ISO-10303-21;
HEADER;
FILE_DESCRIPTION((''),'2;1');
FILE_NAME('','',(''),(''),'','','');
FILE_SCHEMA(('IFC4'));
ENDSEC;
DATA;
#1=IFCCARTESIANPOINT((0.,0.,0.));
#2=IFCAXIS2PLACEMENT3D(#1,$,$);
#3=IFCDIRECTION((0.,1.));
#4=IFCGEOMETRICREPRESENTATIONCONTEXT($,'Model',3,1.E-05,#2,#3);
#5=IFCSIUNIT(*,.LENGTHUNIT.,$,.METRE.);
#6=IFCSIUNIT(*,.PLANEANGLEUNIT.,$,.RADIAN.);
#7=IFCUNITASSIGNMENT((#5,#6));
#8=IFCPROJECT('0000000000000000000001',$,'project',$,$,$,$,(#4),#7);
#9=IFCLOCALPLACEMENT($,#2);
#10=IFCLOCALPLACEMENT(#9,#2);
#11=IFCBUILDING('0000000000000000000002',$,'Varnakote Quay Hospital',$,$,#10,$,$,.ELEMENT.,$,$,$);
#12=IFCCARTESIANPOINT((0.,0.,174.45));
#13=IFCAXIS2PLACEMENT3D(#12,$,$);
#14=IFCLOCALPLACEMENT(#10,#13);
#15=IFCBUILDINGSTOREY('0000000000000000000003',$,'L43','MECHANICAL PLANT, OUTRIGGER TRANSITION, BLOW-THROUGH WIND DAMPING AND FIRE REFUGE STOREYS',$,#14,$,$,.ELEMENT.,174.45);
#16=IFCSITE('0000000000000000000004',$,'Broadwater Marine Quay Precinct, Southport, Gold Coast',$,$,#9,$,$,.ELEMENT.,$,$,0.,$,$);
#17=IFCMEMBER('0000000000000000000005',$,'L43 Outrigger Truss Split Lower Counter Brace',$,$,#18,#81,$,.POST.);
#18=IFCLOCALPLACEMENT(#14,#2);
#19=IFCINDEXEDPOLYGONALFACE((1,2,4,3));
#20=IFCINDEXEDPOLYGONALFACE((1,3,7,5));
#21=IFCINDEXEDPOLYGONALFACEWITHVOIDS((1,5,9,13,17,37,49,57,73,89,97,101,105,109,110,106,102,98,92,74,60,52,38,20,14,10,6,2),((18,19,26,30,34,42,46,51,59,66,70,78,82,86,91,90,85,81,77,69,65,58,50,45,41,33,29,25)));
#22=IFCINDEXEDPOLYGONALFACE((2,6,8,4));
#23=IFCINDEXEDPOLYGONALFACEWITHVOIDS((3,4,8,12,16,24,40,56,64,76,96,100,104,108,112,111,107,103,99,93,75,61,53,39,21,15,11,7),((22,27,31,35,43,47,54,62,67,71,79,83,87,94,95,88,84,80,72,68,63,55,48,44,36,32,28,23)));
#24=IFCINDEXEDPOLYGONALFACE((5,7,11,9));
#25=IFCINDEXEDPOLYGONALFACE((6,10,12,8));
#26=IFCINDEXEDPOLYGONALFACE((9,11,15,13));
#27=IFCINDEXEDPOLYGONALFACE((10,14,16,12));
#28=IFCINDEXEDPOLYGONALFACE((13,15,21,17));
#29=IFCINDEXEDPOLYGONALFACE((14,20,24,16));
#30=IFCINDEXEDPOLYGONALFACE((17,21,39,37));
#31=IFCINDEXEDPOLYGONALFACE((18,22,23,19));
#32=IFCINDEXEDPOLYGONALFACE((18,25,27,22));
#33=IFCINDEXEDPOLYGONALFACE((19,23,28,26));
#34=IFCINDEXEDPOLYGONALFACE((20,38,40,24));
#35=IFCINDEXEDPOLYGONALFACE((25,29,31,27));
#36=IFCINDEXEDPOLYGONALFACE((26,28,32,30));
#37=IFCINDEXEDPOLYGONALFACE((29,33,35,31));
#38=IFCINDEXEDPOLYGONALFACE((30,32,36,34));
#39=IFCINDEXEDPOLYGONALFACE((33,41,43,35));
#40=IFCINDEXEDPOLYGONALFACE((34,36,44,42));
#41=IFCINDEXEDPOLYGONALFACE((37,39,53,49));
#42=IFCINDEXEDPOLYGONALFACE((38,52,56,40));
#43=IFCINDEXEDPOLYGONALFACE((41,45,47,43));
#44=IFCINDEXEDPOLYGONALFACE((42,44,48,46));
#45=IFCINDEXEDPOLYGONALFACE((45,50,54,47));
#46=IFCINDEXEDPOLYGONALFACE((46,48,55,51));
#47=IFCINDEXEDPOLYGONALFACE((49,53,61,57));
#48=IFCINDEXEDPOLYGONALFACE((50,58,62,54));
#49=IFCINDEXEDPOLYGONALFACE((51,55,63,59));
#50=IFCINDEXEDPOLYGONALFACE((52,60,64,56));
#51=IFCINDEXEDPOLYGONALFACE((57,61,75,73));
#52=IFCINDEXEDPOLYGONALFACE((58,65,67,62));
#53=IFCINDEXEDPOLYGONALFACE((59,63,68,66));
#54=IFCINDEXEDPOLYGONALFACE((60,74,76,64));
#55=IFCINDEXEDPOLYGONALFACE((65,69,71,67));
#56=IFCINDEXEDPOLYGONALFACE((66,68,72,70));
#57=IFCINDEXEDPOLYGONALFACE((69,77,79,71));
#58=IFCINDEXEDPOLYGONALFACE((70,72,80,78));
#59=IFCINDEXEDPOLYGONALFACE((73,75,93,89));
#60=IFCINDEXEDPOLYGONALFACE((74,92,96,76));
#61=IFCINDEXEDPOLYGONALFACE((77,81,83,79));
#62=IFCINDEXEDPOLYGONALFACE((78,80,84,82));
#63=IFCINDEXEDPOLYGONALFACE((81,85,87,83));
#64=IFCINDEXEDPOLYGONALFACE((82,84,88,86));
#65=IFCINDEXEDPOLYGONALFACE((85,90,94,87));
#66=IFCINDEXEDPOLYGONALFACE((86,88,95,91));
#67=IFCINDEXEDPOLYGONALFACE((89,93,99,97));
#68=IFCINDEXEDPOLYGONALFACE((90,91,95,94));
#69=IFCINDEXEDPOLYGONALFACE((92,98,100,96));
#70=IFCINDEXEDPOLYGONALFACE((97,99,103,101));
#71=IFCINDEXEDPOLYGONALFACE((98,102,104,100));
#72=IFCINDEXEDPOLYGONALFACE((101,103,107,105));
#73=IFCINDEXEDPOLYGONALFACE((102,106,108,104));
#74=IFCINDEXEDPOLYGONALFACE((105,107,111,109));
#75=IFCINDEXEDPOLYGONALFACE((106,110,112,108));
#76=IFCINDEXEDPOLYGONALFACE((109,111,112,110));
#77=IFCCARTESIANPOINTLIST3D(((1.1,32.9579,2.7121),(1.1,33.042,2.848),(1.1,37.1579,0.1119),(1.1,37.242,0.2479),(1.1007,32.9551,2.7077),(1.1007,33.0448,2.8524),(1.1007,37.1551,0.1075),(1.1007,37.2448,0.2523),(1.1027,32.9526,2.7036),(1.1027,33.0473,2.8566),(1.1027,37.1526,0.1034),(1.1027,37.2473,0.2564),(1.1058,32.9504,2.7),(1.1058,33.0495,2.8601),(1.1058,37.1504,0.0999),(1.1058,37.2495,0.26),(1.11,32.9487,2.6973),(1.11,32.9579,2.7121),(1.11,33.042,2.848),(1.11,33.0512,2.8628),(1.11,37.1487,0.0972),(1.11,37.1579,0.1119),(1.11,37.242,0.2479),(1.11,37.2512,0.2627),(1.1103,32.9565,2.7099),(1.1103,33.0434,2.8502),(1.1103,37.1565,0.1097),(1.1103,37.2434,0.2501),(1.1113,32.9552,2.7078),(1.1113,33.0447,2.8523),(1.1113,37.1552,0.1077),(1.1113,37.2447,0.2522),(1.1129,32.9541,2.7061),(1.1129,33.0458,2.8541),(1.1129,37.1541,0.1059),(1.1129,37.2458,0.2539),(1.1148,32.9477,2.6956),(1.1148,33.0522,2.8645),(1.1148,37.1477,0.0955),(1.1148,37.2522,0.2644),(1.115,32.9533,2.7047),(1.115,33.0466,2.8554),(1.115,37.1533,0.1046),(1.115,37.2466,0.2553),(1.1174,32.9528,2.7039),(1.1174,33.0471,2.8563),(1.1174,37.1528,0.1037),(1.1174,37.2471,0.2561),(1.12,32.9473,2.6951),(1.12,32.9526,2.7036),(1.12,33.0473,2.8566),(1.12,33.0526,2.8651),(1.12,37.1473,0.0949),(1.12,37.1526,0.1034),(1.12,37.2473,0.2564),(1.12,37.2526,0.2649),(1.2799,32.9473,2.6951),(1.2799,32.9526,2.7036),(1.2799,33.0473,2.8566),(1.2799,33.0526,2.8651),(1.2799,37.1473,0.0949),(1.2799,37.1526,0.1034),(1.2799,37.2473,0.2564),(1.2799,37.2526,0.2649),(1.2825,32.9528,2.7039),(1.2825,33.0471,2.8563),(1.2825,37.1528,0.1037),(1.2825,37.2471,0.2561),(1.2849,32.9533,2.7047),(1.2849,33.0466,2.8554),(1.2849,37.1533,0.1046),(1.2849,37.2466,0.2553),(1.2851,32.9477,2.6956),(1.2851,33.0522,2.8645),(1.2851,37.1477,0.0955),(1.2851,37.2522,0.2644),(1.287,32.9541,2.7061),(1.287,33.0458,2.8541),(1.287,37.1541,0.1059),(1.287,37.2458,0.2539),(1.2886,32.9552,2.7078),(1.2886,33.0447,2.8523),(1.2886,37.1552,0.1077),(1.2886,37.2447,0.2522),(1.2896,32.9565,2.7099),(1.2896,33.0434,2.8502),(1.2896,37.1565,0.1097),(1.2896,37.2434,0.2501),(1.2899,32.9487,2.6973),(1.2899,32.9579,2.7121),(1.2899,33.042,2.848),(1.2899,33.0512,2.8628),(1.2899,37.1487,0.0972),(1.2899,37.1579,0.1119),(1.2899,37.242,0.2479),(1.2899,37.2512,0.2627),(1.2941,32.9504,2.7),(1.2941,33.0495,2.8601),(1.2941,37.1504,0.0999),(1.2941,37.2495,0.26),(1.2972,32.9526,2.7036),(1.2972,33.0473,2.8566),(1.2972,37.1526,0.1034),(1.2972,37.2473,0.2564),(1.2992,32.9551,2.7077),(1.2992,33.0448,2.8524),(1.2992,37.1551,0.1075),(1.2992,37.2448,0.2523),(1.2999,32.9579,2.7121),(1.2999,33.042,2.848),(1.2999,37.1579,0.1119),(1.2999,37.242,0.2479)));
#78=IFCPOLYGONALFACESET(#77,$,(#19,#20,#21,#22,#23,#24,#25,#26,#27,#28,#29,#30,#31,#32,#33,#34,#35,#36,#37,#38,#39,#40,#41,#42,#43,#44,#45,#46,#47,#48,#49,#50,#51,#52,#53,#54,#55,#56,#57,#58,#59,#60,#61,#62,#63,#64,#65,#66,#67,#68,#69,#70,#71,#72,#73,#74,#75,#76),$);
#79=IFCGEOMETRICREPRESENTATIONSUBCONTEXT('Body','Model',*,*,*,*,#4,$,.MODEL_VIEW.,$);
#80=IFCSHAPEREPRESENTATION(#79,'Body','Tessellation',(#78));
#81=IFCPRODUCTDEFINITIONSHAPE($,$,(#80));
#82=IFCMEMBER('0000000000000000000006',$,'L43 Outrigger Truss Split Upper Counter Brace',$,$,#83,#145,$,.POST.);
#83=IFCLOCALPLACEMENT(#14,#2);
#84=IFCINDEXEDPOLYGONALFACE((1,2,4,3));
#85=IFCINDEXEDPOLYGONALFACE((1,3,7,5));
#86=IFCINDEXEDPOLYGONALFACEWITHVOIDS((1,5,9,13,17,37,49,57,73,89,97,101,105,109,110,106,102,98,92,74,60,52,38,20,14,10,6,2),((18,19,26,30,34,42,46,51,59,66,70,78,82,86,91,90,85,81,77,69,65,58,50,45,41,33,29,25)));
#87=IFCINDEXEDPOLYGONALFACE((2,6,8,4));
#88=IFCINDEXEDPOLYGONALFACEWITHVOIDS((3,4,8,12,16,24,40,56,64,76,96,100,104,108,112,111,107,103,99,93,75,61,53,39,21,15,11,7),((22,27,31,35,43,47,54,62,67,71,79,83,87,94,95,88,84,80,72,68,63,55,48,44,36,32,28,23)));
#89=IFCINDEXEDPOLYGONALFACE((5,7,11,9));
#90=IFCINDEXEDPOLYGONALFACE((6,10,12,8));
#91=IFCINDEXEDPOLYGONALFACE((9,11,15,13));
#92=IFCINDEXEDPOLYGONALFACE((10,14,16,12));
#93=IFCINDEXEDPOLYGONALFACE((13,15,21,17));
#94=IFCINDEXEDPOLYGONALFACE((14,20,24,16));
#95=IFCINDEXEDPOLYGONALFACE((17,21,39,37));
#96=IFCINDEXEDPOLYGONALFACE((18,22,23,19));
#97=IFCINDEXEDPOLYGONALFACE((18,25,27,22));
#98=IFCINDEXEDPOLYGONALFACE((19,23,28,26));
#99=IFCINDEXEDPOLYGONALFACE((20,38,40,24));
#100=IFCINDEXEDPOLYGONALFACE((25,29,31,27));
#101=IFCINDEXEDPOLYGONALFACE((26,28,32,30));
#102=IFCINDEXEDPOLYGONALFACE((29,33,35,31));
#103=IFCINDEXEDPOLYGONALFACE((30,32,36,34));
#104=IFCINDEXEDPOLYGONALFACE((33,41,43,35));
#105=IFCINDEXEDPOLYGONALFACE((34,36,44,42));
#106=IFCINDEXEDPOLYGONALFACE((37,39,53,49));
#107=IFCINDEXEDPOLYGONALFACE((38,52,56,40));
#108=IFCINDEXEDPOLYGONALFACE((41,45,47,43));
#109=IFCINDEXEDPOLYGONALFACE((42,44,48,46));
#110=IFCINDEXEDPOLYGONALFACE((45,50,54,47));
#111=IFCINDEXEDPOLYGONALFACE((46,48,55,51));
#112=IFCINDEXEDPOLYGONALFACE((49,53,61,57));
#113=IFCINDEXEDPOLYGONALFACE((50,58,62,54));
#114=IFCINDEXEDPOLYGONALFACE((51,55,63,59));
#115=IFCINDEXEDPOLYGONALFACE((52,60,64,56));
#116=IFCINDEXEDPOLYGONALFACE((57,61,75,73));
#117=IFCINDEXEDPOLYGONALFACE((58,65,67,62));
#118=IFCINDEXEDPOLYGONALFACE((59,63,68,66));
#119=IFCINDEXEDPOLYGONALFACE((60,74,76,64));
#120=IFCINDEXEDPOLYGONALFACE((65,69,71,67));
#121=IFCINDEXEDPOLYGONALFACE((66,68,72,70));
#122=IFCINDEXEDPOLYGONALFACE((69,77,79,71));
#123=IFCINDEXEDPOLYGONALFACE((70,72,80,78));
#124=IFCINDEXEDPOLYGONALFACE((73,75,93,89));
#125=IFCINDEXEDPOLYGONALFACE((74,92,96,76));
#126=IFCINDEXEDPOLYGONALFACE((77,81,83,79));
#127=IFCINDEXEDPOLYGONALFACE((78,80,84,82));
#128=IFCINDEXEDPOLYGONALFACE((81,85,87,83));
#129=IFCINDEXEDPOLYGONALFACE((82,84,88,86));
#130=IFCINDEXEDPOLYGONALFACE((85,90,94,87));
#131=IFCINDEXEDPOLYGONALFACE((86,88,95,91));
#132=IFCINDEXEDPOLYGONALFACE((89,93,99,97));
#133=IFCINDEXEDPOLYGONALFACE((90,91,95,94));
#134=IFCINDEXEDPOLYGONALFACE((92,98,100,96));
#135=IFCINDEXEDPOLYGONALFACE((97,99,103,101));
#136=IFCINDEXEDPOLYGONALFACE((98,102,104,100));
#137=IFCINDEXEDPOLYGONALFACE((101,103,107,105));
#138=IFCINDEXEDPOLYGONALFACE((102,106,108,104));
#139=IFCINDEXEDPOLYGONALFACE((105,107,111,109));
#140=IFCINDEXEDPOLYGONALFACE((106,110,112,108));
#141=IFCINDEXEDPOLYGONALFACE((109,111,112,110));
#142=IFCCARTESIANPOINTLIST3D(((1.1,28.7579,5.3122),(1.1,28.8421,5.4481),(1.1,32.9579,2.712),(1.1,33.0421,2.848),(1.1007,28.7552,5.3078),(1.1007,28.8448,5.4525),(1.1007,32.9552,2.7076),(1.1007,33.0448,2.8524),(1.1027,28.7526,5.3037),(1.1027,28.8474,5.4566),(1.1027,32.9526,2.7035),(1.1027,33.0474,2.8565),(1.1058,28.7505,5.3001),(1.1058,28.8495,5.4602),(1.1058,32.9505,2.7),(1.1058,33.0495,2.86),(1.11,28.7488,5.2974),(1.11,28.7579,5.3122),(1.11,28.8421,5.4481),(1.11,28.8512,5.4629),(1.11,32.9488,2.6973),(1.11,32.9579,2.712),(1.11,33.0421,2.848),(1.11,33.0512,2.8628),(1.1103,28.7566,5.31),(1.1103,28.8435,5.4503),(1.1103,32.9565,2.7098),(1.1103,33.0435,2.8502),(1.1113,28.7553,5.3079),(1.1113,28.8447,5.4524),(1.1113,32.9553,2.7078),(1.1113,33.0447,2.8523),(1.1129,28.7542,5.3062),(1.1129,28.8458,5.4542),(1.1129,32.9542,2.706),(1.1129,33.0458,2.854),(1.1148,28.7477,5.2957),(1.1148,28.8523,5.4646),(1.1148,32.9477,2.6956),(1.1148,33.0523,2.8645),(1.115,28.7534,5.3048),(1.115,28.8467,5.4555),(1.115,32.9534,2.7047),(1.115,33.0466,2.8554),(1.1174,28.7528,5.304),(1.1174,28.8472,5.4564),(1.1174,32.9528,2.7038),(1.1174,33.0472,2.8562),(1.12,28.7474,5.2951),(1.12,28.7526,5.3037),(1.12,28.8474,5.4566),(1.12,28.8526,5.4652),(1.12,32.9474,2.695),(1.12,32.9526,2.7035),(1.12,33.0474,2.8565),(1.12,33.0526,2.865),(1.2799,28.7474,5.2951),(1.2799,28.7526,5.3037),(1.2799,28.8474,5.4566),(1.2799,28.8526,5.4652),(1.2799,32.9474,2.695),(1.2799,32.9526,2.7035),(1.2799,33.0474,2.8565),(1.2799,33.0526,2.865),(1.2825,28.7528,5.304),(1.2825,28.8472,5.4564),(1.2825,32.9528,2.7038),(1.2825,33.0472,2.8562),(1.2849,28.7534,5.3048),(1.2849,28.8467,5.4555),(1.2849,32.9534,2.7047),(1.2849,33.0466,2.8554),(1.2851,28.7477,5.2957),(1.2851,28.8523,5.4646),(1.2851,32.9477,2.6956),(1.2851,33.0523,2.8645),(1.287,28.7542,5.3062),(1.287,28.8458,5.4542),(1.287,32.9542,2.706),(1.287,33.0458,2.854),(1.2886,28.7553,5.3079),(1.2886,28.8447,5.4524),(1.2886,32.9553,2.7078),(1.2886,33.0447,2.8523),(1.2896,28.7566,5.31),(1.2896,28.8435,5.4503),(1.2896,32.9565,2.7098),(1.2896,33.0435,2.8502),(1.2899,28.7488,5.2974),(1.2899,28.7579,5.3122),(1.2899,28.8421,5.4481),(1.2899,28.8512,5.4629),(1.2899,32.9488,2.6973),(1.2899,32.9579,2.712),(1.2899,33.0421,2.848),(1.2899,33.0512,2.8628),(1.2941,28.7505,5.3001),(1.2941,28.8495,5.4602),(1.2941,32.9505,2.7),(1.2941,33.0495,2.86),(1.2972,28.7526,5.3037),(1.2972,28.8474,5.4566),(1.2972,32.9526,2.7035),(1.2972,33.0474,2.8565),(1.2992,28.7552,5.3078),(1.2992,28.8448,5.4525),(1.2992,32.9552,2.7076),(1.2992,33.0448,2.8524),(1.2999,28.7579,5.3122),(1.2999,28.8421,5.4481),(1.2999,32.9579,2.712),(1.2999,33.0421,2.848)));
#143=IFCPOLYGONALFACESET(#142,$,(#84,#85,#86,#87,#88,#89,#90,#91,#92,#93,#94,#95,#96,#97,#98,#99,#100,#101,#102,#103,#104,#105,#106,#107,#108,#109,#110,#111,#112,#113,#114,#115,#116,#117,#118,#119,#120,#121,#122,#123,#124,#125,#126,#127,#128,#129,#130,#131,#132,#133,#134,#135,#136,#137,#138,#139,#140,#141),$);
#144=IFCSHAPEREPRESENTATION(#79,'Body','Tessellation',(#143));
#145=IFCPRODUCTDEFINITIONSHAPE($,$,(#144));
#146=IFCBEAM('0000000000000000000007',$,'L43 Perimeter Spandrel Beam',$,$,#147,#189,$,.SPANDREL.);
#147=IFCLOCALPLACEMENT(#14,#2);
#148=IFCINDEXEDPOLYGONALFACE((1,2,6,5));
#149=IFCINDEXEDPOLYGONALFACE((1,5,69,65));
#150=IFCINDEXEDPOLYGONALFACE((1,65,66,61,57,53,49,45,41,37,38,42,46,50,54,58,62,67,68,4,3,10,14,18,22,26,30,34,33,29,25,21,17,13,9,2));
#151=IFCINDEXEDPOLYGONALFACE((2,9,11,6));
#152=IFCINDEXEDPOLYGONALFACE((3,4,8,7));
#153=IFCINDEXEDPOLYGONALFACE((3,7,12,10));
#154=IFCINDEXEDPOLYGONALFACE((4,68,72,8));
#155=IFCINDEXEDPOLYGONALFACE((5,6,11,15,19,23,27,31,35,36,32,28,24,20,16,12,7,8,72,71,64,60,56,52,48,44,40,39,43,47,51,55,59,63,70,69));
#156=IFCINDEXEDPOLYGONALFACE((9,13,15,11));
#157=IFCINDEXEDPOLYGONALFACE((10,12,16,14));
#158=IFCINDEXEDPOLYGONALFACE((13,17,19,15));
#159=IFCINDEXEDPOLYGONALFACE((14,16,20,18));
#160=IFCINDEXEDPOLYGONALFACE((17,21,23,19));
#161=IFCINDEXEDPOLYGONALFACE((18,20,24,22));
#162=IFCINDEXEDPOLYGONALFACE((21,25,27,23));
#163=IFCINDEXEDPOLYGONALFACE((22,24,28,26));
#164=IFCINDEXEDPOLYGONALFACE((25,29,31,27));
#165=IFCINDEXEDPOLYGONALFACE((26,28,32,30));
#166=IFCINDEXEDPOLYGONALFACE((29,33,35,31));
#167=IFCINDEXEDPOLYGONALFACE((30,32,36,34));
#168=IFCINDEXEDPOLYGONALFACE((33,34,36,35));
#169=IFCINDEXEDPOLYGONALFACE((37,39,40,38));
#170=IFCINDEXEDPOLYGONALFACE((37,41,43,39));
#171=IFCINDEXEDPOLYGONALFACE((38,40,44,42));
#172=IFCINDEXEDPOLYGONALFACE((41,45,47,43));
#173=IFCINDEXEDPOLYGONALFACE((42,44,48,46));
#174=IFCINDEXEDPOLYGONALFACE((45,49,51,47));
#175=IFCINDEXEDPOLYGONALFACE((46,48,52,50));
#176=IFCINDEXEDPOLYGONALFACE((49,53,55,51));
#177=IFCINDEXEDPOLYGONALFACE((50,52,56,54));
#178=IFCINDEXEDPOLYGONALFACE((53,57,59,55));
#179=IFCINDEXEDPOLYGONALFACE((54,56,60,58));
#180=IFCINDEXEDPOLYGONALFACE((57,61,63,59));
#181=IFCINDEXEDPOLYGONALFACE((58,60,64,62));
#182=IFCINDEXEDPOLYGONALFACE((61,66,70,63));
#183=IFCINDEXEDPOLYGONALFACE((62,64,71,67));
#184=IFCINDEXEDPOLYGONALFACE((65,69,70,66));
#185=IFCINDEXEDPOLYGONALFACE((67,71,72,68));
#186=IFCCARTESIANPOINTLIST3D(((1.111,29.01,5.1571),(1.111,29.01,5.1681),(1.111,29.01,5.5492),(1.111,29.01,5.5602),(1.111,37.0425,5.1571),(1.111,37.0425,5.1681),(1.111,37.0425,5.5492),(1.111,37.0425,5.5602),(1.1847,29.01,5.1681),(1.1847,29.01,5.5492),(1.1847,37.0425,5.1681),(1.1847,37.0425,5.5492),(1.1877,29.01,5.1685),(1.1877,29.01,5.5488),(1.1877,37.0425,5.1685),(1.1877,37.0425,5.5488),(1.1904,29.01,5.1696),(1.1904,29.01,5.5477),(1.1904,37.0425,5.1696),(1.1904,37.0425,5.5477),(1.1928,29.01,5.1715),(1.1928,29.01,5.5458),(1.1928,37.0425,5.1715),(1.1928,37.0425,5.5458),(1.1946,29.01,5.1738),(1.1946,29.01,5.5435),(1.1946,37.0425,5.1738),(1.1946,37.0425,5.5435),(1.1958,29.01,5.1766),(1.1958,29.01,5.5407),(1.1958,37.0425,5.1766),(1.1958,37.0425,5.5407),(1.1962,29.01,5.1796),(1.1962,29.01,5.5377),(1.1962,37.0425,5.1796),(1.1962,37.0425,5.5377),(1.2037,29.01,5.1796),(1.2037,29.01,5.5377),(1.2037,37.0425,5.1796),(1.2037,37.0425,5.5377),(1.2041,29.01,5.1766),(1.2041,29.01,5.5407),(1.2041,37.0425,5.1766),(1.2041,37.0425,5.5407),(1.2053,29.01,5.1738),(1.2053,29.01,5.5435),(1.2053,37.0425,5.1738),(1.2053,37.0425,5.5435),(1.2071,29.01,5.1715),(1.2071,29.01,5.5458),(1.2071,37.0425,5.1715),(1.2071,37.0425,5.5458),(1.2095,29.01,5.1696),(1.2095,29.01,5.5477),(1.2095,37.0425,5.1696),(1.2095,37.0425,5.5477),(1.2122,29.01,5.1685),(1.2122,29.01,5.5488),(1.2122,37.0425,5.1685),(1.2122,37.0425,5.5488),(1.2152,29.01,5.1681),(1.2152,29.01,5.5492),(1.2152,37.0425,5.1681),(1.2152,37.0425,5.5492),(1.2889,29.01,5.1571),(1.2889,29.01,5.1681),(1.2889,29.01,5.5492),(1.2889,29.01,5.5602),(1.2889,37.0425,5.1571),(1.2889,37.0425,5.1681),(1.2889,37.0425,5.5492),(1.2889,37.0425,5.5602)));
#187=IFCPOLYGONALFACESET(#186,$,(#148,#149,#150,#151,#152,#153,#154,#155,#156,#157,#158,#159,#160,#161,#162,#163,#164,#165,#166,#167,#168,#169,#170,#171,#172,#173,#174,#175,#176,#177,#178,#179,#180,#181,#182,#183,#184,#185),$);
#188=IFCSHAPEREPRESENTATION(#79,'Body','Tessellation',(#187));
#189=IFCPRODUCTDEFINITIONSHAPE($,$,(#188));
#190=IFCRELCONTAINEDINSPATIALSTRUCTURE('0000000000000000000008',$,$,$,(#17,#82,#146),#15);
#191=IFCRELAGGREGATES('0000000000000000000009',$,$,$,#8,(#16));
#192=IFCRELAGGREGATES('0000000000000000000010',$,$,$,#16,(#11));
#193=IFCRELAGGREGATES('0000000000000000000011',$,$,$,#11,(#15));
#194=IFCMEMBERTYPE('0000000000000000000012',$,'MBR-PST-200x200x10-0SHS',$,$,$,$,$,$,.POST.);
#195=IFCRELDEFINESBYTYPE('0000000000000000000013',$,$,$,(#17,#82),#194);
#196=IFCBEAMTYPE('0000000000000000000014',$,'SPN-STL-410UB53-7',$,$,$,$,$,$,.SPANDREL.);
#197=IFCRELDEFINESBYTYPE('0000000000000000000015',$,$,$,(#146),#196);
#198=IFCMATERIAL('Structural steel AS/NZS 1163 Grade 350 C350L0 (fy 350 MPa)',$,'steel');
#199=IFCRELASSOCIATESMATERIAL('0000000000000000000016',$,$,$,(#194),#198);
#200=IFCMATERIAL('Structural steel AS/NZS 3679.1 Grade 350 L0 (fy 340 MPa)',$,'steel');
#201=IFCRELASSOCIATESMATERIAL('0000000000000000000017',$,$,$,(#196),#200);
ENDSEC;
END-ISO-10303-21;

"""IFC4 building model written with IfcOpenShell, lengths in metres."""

from ifc_helpers import new_model, si_unit, direction, frame, origin, origin_2d, place, context, subcontext, project, spatial, hollow_rectangle, i_section, extrude, material, material_profile, profile_set, type_object, element, save


model = new_model("IFC4")

# Units and contexts
model_context = context("Model", 3, precision=1e-05, world=origin(), true_north=direction((0.0, 1.0)))
body_context = subcontext(model_context, "Body", "Model", "MODEL_VIEW")
ifc_project = project(units=[si_unit("LENGTHUNIT", "METRE"), si_unit("PLANEANGLEUNIT", "RADIAN")], contexts=[model_context])

# Site, building, storey
site_placement = place(None, origin())
site = spatial("IfcSite", under=ifc_project, at=site_placement, Name="Broadwater Marine Quay Precinct, Southport, Gold Coast", CompositionType="ELEMENT", RefElevation=0.0)
building_placement = place(site_placement, origin())
building = spatial("IfcBuilding", under=site, at=building_placement, Name="Varnakote Quay Hospital", CompositionType="ELEMENT")
storey_placement = place(building_placement, frame((0.0, 0.0, 174.45)))
storey = spatial("IfcBuildingStorey", under=building, at=storey_placement, Name="L43", Description="MECHANICAL PLANT, OUTRIGGER TRANSITION, BLOW-THROUGH WIND DAMPING AND FIRE REFUGE STOREYS", CompositionType="ELEMENT", Elevation=174.45)

# Members
ifc_material_1 = material(Name="Structural steel AS/NZS 1163 Grade 350 C350L0 (fy 350 MPa)", Category="steel")
ifc_material_profile_1 = material_profile(ifc_material_1, hollow_rectangle(XDim=0.2, YDim=0.2, WallThickness=0.01, InnerFilletRadius=0.01, OuterFilletRadius=0.02, at=origin_2d()), Name="200x200x10.0SHS")
ifc_profile_set_1 = profile_set([ifc_material_profile_1], Name="Structural steel AS/NZS 1163 Grade 350 C350L0 (fy 350 MPa)")
member_type_1 = type_object("IfcMemberType", Name="MBR-PST-200x200x10-0SHS", PredefinedType="POST", material=ifc_profile_set_1)
for number, where, z_axis, x_axis, name in (
    (1, (1.2, 37.2, 0.1799), (0.0, -0.850254, 0.526373), (1.0, 0.0, 0.0), "L43 Outrigger Truss Split Lower Counter Brace"),
    (2, (1.2, 33.0, 2.78), (0.0, -0.850254, 0.526373), (1.0, 0.0, 0.0), "L43 Outrigger Truss Split Upper Counter Brace"),
):
    element("IfcMember", number, at=place(storey_placement, frame(where, z_axis=z_axis, x_axis=x_axis)), inside=storey, type_object=member_type_1, Name=name, PredefinedType="POST", context=body_context, shape_type="SweptSolid", body=[
        extrude(hollow_rectangle(XDim=0.2, YDim=0.2, WallThickness=0.01, InnerFilletRadius=0.01, OuterFilletRadius=0.02, at=origin_2d()), origin(), (0.0, 0.0, 1.0), 4.9397),
    ])

# Beam
ifc_material_2 = material(Name="Structural steel AS/NZS 3679.1 Grade 350 L0 (fy 340 MPa)", Category="steel")
ifc_material_profile_2 = material_profile(ifc_material_2, i_section(OverallWidth=0.178, OverallDepth=0.4031, WebThickness=0.0076, FlangeThickness=0.011, FilletRadius=0.0115, at=origin_2d()), Name="410UB53.7")
ifc_profile_set_2 = profile_set([ifc_material_profile_2], Name="Structural steel AS/NZS 3679.1 Grade 350 L0 (fy 340 MPa)")
beam_type_1 = type_object("IfcBeamType", Name="SPN-STL-410UB53-7", PredefinedType="SPANDREL", material=ifc_profile_set_2)
beam_1_placement = place(storey_placement, frame((1.2, 29.01, 5.3586), z_axis=(0.0, 1.0, 0.0), x_axis=(-1.0, 0.0, 0.0)))
element("IfcBeam", 3, at=beam_1_placement, inside=storey, type_object=beam_type_1, Name="L43 Perimeter Spandrel Beam", PredefinedType="SPANDREL", context=body_context, shape_type="SweptSolid", body=[
    extrude(i_section(OverallWidth=0.178, OverallDepth=0.4031, WebThickness=0.0076, FlangeThickness=0.011, FilletRadius=0.0115, at=origin_2d()), origin(), (0.0, 0.0, 1.0), 8.0325),
])

save(model, "model.ifc")
